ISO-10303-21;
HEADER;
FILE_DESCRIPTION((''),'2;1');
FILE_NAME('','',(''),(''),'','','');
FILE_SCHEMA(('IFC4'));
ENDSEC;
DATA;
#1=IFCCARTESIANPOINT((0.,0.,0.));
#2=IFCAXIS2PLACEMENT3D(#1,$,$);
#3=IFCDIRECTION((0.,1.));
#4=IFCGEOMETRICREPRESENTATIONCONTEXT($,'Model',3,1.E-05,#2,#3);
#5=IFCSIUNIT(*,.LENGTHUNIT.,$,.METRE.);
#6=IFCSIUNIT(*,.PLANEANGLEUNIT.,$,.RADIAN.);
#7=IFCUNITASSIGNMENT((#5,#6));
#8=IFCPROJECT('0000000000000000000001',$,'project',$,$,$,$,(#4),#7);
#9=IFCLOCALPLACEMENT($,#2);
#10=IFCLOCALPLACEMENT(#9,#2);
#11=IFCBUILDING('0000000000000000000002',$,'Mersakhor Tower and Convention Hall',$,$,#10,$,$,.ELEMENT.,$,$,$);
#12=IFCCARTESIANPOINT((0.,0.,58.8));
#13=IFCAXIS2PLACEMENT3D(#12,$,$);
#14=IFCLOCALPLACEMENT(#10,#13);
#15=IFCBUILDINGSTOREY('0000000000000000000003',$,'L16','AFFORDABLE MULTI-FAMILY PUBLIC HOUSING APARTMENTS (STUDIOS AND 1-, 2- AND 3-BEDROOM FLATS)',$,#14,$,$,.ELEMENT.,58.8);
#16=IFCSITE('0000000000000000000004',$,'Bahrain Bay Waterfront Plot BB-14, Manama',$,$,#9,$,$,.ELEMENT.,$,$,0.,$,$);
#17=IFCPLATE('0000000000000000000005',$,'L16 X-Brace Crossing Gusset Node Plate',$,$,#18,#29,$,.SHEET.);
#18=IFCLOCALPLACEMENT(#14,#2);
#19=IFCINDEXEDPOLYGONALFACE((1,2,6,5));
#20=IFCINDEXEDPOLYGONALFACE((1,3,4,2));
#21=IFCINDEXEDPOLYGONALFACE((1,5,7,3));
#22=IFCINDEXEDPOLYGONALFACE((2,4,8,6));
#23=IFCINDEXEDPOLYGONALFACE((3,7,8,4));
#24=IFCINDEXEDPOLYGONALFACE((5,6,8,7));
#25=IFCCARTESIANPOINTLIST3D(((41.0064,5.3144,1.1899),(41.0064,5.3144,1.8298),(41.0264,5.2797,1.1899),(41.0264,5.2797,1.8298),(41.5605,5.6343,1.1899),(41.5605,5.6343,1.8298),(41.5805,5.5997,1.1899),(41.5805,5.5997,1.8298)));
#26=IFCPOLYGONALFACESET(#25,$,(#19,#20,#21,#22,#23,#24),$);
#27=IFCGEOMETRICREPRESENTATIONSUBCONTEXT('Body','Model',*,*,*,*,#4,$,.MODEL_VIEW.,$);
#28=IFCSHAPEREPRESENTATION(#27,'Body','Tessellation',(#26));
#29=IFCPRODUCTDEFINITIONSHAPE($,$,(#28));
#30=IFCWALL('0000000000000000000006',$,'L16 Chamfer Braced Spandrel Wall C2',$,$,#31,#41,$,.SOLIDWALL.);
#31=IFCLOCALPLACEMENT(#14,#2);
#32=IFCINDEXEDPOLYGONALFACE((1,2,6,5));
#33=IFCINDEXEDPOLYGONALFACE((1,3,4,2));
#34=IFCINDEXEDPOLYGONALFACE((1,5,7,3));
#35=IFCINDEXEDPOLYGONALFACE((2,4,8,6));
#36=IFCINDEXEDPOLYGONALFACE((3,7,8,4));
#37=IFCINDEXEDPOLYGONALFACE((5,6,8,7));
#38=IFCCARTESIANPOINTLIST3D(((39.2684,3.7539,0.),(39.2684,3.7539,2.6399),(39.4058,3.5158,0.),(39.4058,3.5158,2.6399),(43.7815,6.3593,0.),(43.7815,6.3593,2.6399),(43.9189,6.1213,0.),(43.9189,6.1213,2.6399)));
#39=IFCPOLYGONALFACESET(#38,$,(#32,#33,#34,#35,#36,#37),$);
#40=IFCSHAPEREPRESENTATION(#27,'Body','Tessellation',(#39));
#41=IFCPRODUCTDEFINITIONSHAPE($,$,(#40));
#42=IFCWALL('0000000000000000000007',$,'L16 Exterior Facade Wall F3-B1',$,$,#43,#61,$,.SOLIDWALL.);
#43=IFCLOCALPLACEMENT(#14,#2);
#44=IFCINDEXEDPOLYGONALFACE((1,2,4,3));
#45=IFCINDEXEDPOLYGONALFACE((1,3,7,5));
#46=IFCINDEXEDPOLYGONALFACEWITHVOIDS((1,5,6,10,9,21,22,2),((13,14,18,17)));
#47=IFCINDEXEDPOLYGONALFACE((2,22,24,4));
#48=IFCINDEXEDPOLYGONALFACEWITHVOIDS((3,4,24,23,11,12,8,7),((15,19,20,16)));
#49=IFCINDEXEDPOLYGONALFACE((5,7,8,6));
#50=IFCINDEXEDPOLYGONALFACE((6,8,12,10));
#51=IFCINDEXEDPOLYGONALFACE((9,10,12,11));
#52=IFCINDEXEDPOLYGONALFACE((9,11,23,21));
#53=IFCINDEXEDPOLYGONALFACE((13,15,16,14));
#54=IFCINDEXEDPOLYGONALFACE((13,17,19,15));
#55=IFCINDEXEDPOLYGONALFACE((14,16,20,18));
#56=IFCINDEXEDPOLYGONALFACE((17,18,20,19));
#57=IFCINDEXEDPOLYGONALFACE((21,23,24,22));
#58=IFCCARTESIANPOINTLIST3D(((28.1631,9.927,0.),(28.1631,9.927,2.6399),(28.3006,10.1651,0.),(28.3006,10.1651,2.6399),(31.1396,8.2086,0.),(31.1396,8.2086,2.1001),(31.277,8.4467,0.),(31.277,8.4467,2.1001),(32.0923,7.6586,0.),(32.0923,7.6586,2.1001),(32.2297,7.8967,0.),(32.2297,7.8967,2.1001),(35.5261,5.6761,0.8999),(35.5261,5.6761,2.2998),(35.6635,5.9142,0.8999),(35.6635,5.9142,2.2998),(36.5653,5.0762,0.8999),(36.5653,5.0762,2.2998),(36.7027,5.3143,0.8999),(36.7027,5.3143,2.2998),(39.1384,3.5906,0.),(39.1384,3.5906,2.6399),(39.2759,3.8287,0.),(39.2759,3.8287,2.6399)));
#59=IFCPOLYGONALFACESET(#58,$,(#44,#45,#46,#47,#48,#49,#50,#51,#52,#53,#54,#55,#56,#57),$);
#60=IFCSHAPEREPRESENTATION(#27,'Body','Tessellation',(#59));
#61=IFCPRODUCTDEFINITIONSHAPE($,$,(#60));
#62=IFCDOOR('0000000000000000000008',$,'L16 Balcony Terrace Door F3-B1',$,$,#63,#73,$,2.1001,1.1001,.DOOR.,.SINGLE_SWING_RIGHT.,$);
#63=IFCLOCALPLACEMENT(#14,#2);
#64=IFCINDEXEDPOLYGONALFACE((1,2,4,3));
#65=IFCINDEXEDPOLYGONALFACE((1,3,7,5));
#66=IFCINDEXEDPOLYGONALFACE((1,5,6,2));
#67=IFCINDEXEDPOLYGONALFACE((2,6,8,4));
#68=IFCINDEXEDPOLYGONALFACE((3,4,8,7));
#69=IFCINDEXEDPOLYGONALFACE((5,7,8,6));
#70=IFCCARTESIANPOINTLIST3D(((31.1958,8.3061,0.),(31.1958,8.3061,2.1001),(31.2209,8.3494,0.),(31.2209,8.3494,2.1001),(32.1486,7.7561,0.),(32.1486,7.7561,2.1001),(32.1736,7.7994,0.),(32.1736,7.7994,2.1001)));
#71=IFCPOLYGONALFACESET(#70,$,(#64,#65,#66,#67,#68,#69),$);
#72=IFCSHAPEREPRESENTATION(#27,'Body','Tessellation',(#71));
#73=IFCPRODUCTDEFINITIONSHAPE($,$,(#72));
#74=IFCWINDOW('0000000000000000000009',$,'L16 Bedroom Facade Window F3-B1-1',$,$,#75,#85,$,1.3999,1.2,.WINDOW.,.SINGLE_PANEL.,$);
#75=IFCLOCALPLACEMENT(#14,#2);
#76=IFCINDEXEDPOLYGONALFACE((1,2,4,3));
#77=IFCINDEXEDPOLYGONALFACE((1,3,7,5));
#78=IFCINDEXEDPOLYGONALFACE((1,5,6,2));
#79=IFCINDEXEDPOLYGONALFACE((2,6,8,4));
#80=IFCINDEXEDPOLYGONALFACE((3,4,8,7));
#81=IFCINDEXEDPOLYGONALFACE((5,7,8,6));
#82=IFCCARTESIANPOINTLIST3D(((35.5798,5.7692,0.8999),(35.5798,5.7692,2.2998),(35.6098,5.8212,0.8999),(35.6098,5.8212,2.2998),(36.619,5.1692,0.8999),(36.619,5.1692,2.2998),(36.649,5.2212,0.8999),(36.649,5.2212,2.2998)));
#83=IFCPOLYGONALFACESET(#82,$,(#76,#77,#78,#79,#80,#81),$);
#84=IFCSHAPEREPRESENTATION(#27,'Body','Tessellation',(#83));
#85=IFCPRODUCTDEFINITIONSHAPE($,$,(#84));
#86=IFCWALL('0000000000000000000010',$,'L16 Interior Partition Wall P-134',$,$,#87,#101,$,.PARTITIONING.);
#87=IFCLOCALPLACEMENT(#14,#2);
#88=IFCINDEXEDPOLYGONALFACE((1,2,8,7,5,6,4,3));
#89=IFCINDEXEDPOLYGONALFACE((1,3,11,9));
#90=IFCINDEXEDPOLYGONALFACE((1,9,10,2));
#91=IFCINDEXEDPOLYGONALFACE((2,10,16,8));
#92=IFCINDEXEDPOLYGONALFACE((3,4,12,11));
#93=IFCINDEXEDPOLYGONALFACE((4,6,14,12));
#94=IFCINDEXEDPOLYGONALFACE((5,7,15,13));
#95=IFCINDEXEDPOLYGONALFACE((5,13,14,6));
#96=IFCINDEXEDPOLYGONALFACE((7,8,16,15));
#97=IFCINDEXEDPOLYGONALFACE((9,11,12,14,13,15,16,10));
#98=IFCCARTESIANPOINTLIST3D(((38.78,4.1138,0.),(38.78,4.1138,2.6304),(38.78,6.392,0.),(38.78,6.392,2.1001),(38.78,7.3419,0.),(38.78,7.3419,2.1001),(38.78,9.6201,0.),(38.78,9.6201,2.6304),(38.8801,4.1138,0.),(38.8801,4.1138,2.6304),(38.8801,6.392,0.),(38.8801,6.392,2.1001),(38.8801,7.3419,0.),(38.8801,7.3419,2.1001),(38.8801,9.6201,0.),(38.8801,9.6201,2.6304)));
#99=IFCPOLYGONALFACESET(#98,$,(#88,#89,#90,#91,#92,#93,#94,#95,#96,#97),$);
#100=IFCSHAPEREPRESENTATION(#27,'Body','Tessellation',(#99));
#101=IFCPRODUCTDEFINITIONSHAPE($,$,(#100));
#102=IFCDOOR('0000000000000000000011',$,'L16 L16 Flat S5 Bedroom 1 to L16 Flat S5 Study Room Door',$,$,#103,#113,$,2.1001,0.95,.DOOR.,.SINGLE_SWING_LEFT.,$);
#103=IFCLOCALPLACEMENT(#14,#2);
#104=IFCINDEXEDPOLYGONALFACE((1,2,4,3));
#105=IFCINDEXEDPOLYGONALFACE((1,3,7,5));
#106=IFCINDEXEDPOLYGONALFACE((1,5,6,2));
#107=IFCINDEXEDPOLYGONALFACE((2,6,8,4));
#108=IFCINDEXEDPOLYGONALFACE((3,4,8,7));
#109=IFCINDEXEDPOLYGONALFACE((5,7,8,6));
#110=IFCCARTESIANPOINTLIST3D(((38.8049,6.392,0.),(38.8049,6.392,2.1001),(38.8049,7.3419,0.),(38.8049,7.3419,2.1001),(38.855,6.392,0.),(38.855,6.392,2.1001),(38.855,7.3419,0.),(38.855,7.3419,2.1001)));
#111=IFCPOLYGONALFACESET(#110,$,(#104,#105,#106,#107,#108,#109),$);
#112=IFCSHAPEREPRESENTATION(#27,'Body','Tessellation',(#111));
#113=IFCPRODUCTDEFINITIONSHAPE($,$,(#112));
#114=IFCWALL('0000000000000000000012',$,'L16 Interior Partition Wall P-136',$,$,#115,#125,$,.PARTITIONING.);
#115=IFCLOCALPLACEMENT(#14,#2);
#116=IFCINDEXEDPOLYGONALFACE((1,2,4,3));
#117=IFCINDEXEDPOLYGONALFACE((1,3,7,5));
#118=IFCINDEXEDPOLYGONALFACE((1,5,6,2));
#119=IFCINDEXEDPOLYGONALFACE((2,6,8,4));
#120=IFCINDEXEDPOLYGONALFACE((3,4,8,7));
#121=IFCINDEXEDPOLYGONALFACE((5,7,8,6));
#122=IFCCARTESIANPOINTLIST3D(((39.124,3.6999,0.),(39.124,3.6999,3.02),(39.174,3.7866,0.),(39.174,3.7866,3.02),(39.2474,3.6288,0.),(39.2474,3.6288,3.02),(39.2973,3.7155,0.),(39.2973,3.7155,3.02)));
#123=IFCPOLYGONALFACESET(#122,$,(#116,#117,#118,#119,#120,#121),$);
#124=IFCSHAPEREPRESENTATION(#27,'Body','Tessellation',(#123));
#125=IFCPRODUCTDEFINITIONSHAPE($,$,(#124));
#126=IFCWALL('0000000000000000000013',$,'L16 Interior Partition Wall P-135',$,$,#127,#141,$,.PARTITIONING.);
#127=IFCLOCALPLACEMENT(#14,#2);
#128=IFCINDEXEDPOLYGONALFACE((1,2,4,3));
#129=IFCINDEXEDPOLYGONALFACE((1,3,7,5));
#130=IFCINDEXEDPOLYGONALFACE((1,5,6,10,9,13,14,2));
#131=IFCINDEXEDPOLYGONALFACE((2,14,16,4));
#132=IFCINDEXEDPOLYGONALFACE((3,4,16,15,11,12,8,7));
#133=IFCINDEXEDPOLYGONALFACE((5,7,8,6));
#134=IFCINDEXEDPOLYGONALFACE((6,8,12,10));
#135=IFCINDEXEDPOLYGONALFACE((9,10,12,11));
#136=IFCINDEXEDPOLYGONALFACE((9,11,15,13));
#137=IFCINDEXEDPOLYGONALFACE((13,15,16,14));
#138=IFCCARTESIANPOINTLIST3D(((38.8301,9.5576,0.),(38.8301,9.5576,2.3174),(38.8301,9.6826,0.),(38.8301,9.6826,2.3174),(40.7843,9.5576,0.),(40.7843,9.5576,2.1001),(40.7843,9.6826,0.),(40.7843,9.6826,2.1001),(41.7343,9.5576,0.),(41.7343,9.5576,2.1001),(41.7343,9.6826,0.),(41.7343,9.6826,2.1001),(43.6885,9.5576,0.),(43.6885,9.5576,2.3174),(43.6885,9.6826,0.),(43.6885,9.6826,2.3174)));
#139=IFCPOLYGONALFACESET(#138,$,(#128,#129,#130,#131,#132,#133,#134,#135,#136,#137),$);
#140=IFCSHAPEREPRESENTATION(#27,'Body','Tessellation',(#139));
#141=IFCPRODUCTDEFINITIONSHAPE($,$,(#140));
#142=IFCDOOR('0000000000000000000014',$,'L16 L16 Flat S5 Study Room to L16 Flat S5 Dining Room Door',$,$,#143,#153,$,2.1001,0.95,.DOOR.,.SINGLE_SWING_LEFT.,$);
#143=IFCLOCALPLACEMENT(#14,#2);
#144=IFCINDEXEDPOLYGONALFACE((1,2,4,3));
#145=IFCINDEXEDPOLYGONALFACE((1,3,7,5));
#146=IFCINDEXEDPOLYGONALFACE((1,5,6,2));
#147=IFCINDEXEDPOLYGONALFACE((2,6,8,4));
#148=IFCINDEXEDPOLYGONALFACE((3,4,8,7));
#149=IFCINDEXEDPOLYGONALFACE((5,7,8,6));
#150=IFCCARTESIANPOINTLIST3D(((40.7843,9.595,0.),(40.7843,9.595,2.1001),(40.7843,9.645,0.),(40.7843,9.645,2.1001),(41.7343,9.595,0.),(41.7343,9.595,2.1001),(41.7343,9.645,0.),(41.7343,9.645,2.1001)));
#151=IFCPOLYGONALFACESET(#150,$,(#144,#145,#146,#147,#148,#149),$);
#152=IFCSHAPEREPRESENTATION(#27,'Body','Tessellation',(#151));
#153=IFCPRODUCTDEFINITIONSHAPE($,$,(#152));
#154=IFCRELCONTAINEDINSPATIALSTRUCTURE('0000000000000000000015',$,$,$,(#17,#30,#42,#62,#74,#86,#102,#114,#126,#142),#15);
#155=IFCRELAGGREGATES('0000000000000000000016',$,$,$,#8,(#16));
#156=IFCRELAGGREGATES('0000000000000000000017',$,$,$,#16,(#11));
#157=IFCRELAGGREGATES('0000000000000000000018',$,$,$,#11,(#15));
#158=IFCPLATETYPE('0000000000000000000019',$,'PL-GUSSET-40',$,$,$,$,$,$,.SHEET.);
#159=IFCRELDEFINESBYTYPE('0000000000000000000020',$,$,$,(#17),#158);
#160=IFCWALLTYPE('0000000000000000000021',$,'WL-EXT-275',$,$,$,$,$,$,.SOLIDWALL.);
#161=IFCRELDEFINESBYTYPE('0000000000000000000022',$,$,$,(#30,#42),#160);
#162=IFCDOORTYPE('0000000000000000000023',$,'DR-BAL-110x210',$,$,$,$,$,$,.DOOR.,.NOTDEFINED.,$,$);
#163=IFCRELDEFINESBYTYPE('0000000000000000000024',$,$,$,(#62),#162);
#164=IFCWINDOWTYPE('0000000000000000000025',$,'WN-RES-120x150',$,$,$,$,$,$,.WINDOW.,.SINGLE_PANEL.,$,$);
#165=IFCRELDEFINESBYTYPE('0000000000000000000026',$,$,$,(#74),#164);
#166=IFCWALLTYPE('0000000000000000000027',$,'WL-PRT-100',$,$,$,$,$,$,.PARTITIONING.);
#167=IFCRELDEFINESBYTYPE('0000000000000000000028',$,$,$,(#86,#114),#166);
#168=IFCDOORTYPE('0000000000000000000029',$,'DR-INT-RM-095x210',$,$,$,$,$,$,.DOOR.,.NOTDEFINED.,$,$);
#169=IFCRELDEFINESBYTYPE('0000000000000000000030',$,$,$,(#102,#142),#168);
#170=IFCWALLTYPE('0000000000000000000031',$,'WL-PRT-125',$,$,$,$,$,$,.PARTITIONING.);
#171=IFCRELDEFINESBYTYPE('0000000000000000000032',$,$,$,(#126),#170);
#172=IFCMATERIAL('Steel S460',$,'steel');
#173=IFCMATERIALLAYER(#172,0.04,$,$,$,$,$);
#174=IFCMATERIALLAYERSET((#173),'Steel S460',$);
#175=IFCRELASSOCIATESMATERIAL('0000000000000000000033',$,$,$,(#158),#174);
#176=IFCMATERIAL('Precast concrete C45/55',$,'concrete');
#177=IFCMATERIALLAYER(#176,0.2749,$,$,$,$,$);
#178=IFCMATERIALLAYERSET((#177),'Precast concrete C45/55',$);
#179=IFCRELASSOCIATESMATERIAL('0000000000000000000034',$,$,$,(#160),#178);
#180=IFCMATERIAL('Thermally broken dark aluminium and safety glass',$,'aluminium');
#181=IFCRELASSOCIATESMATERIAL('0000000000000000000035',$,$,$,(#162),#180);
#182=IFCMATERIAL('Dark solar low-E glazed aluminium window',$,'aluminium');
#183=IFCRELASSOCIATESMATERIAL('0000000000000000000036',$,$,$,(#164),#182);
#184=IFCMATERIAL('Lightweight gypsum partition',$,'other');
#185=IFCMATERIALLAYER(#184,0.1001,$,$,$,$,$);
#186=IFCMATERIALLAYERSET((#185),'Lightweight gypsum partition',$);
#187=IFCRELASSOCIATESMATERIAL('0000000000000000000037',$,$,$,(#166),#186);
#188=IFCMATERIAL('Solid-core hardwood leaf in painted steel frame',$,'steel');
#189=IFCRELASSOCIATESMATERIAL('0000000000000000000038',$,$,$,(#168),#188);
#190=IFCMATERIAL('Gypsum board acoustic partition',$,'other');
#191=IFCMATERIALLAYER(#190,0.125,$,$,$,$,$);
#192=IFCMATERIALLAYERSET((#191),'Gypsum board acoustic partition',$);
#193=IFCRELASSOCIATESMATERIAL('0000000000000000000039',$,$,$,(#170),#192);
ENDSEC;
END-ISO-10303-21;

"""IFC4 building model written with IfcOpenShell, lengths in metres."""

from ifc_helpers import new_model, si_unit, direction, frame, frame_2d, origin, origin_2d, place, context, subcontext, project, spatial, rectangle, extrude, material, layer, layer_set, type_object, element, fill, save


model = new_model("IFC4")

# Units and contexts
model_context = context("Model", 3, precision=1e-05, world=origin(), true_north=direction((0.0, 1.0)))
body_context = subcontext(model_context, "Body", "Model", "MODEL_VIEW")
ifc_project = project(units=[si_unit("LENGTHUNIT", "METRE"), si_unit("PLANEANGLEUNIT", "RADIAN")], contexts=[model_context])

# Site, building, storey
site_placement = place(None, origin())
site = spatial("IfcSite", under=ifc_project, at=site_placement, Name="Bahrain Bay Waterfront Plot BB-14, Manama", CompositionType="ELEMENT", RefElevation=0.0)
building_placement = place(site_placement, origin())
building = spatial("IfcBuilding", under=site, at=building_placement, Name="Mersakhor Tower and Convention Hall", CompositionType="ELEMENT")
storey_placement = place(building_placement, frame((0.0, 0.0, 58.8)))
storey = spatial("IfcBuildingStorey", under=building, at=storey_placement, Name="L16", Description="AFFORDABLE MULTI-FAMILY PUBLIC HOUSING APARTMENTS (STUDIOS AND 1-, 2- AND 3-BEDROOM FLATS)", CompositionType="ELEMENT", Elevation=58.8)

# Plate
ifc_material_1 = material(Name="Steel S460", Category="steel")
ifc_layer_1 = layer(ifc_material_1, 0.04)
ifc_layer_set_1 = layer_set([ifc_layer_1], Name="Steel S460")
plate_type_1 = type_object("IfcPlateType", Name="PL-GUSSET-40", PredefinedType="SHEET", material=ifc_layer_set_1)
plate_1_placement = place(storey_placement, frame((41.2935, 5.457, 1.1899), z_axis=(0.0, 0.0, 1.0), x_axis=(0.866025, 0.5, 0.0)))
element("IfcPlate", 1, at=plate_1_placement, inside=storey, type_object=plate_type_1, Name="L16 X-Brace Crossing Gusset Node Plate", PredefinedType="SHEET", context=body_context, shape_type="SweptSolid", body=[
    extrude(rectangle(XDim=0.6399, YDim=0.04, at=origin_2d()), origin(), (0.0, 0.0, 1.0), 0.6399),
])

# Wall
ifc_material_2 = material(Name="Precast concrete C45/55", Category="concrete")
ifc_layer_2 = layer(ifc_material_2, 0.2749)
ifc_layer_set_2 = layer_set([ifc_layer_2], Name="Precast concrete C45/55")
wall_type_1 = type_object("IfcWallType", Name="WL-EXT-275", PredefinedType="SOLIDWALL", material=ifc_layer_set_2)
wall_1_placement = place(storey_placement, frame((43.8501, 6.2402, 0.0), z_axis=(0.0, 0.0, 1.0), x_axis=(-0.866044, -0.499968, 0.0)))
element("IfcWall", 2, at=wall_1_placement, inside=storey, type_object=wall_type_1, Name="L16 Chamfer Braced Spandrel Wall C2", PredefinedType="SOLIDWALL", context=body_context, shape_type="SweptSolid", body=[
    extrude(rectangle(XDim=5.2112, YDim=0.2749, at=frame_2d((2.6055, 0.0))), origin(), (0.0, 0.0, 1.0), 2.6399),
])

# Wall, openings, door, window
wall_2_placement = place(storey_placement, frame((39.207, 3.7097, 0.0), z_axis=(0.0, 0.0, 1.0), x_axis=(-0.866032, 0.499989, 0.0)))
wall_2 = element("IfcWall", 3, at=wall_2_placement, inside=storey, type_object=wall_type_1, Name="L16 Exterior Facade Wall F3-B1", PredefinedType="SOLIDWALL", context=body_context, shape_type="SweptSolid", body=[
    extrude(rectangle(XDim=12.6731, YDim=0.2749, at=frame_2d((6.3364, 0.0))), origin(), (0.0, 0.0, 1.0), 2.6399),
])
opening_1_placement = place(wall_2_placement, frame((8.136, 0.0, 0.0)))
opening_1 = element("IfcOpeningElement", 4, at=opening_1_placement, cuts=wall_2, PredefinedType="OPENING", context=body_context, shape_type="SweptSolid", body=[
    extrude(rectangle(XDim=1.1001, YDim=2.1001, at=frame_2d((0.55, 1.05))), frame((0.0, 0.1475, 0.0), z_axis=(0.0, -1.0, 0.0), x_axis=(1.0, 0.0, 0.0)), (0.0, 0.0, 1.0), 0.2949),
])
opening_2_placement = place(wall_2_placement, frame((2.9709, 0.0, 0.8999)))
opening_2 = element("IfcOpeningElement", 5, at=opening_2_placement, cuts=wall_2, PredefinedType="OPENING", context=body_context, shape_type="SweptSolid", body=[
    extrude(rectangle(XDim=1.2, YDim=1.3999, at=frame_2d((0.6001, 0.7))), frame((0.0, 0.1475, 0.0), z_axis=(0.0, -1.0, 0.0), x_axis=(1.0, 0.0, 0.0)), (0.0, 0.0, 1.0), 0.2949),
])
ifc_material_3 = material(Name="Thermally broken dark aluminium and safety glass", Category="aluminium")
door_type_1 = type_object("IfcDoorType", Name="DR-BAL-110x210", OperationType="NOTDEFINED", PredefinedType="DOOR", material=ifc_material_3)
door_1_placement = place(opening_1_placement, origin())
door_1 = element("IfcDoor", 6, at=door_1_placement, inside=storey, type_object=door_type_1, Name="L16 Balcony Terrace Door F3-B1", OperationType="SINGLE_SWING_RIGHT", OverallHeight=2.1001, OverallWidth=1.1001, PredefinedType="DOOR", context=body_context, shape_type="SweptSolid", body=[
    extrude(rectangle(XDim=1.1001, YDim=2.1001, at=frame_2d((0.55, 1.05))), frame((0.0, 0.0249, 0.0), z_axis=(0.0, -1.0, 0.0), x_axis=(1.0, 0.0, 0.0)), (0.0, 0.0, 1.0), 0.05),
])
fill(opening_1, door_1)
ifc_material_4 = material(Name="Dark solar low-E glazed aluminium window", Category="aluminium")
window_type = type_object("IfcWindowType", Name="WN-RES-120x150", PartitioningType="SINGLE_PANEL", PredefinedType="WINDOW", material=ifc_material_4)
window_placement = place(opening_2_placement, origin())
window = element("IfcWindow", 7, at=window_placement, inside=storey, type_object=window_type, Name="L16 Bedroom Facade Window F3-B1-1", OverallHeight=1.3999, OverallWidth=1.2, PartitioningType="SINGLE_PANEL", PredefinedType="WINDOW", context=body_context, shape_type="SweptSolid", body=[
    extrude(rectangle(XDim=1.2, YDim=1.3999, at=frame_2d((0.6001, 0.7))), frame((0.0, 0.03, 0.0), z_axis=(0.0, -1.0, 0.0), x_axis=(1.0, 0.0, 0.0)), (0.0, 0.0, 1.0), 0.0601),
])
fill(opening_2, window)

# Wall, opening, door
ifc_material_5 = material(Name="Lightweight gypsum partition", Category="other")
ifc_layer_3 = layer(ifc_material_5, 0.1001)
ifc_layer_set_3 = layer_set([ifc_layer_3], Name="Lightweight gypsum partition")
wall_type_2 = type_object("IfcWallType", Name="WL-PRT-100", PredefinedType="PARTITIONING", material=ifc_layer_set_3)
wall_3_placement = place(storey_placement, frame((38.8301, 9.6201, 0.0), z_axis=(0.0, 0.0, 1.0), x_axis=(0.0, -1.0, 0.0)))
wall_3 = element("IfcWall", 8, at=wall_3_placement, inside=storey, type_object=wall_type_2, Name="L16 Interior Partition Wall P-134", PredefinedType="PARTITIONING", context=body_context, shape_type="SweptSolid", body=[
    extrude(rectangle(XDim=5.5063, YDim=0.1001, at=frame_2d((2.7532, 0.0))), origin(), (0.0, 0.0, 1.0), 2.6304),
])
opening_3_placement = place(wall_3_placement, frame((2.2781, 0.0, 0.0)))
opening_3 = element("IfcOpeningElement", 9, at=opening_3_placement, cuts=wall_3, PredefinedType="OPENING", context=body_context, shape_type="SweptSolid", body=[
    extrude(rectangle(XDim=0.95, YDim=2.1001, at=frame_2d((0.4751, 1.05))), frame((0.0, 0.0601, 0.0), z_axis=(0.0, -1.0, 0.0), x_axis=(1.0, 0.0, 0.0)), (0.0, 0.0, 1.0), 0.1201),
])
ifc_material_6 = material(Name="Solid-core hardwood leaf in painted steel frame", Category="steel")
door_type_2 = type_object("IfcDoorType", Name="DR-INT-RM-095x210", OperationType="NOTDEFINED", PredefinedType="DOOR", material=ifc_material_6)
door_2_placement = place(opening_3_placement, origin())
door_2 = element("IfcDoor", 10, at=door_2_placement, inside=storey, type_object=door_type_2, Name="L16 L16 Flat S5 Bedroom 1 to L16 Flat S5 Study Room Door", OperationType="SINGLE_SWING_LEFT", OverallHeight=2.1001, OverallWidth=0.95, PredefinedType="DOOR", context=body_context, shape_type="SweptSolid", body=[
    extrude(rectangle(XDim=0.95, YDim=2.1001, at=frame_2d((0.4751, 1.05))), frame((0.0, 0.0249, 0.0), z_axis=(0.0, -1.0, 0.0), x_axis=(1.0, 0.0, 0.0)), (0.0, 0.0, 1.0), 0.05),
])
fill(opening_3, door_2)

# Wall
wall_4_placement = place(storey_placement, frame((39.2725, 3.6721, 0.0), z_axis=(0.0, 0.0, 1.0), x_axis=(-0.866443, 0.499277, 0.0)))
element("IfcWall", 11, at=wall_4_placement, inside=storey, type_object=wall_type_2, Name="L16 Interior Partition Wall P-136", PredefinedType="PARTITIONING", context=body_context, shape_type="SweptSolid", body=[
    extrude(rectangle(XDim=0.1423, YDim=0.1001, at=frame_2d((0.0713, 0.0))), origin(), (0.0, 0.0, 1.0), 3.02),
])

# Wall, opening, door
ifc_material_7 = material(Name="Gypsum board acoustic partition", Category="other")
ifc_layer_4 = layer(ifc_material_7, 0.125)
ifc_layer_set_4 = layer_set([ifc_layer_4], Name="Gypsum board acoustic partition")
wall_type_3 = type_object("IfcWallType", Name="WL-PRT-125", PredefinedType="PARTITIONING", material=ifc_layer_set_4)
wall_5_placement = place(storey_placement, frame((38.8301, 9.6201, 0.0), z_axis=(0.0, 0.0, 1.0), x_axis=(1.0, 0.0, 0.0)))
wall_5 = element("IfcWall", 12, at=wall_5_placement, inside=storey, type_object=wall_type_3, Name="L16 Interior Partition Wall P-135", PredefinedType="PARTITIONING", context=body_context, shape_type="SweptSolid", body=[
    extrude(rectangle(XDim=4.8584, YDim=0.125, at=frame_2d((2.4292, 0.0))), origin(), (0.0, 0.0, 1.0), 2.3174),
])
opening_4_placement = place(wall_5_placement, frame((1.9541, 0.0, 0.0)))
opening_4 = element("IfcOpeningElement", 13, at=opening_4_placement, cuts=wall_5, PredefinedType="OPENING", context=body_context, shape_type="SweptSolid", body=[
    extrude(rectangle(XDim=0.95, YDim=2.1001, at=frame_2d((0.4751, 1.05))), frame((0.0, 0.0725, 0.0), z_axis=(0.0, -1.0, 0.0), x_axis=(1.0, 0.0, 0.0)), (0.0, 0.0, 1.0), 0.145),
])
door_3_placement = place(opening_4_placement, origin())
door_3 = element("IfcDoor", 14, at=door_3_placement, inside=storey, type_object=door_type_2, Name="L16 L16 Flat S5 Study Room to L16 Flat S5 Dining Room Door", OperationType="SINGLE_SWING_LEFT", OverallHeight=2.1001, OverallWidth=0.95, PredefinedType="DOOR", context=body_context, shape_type="SweptSolid", body=[
    extrude(rectangle(XDim=0.95, YDim=2.1001, at=frame_2d((0.4751, 1.05))), frame((0.0, 0.0249, 0.0), z_axis=(0.0, -1.0, 0.0), x_axis=(1.0, 0.0, 0.0)), (0.0, 0.0, 1.0), 0.05),
])
fill(opening_4, door_3)

save(model, "model.ifc")
